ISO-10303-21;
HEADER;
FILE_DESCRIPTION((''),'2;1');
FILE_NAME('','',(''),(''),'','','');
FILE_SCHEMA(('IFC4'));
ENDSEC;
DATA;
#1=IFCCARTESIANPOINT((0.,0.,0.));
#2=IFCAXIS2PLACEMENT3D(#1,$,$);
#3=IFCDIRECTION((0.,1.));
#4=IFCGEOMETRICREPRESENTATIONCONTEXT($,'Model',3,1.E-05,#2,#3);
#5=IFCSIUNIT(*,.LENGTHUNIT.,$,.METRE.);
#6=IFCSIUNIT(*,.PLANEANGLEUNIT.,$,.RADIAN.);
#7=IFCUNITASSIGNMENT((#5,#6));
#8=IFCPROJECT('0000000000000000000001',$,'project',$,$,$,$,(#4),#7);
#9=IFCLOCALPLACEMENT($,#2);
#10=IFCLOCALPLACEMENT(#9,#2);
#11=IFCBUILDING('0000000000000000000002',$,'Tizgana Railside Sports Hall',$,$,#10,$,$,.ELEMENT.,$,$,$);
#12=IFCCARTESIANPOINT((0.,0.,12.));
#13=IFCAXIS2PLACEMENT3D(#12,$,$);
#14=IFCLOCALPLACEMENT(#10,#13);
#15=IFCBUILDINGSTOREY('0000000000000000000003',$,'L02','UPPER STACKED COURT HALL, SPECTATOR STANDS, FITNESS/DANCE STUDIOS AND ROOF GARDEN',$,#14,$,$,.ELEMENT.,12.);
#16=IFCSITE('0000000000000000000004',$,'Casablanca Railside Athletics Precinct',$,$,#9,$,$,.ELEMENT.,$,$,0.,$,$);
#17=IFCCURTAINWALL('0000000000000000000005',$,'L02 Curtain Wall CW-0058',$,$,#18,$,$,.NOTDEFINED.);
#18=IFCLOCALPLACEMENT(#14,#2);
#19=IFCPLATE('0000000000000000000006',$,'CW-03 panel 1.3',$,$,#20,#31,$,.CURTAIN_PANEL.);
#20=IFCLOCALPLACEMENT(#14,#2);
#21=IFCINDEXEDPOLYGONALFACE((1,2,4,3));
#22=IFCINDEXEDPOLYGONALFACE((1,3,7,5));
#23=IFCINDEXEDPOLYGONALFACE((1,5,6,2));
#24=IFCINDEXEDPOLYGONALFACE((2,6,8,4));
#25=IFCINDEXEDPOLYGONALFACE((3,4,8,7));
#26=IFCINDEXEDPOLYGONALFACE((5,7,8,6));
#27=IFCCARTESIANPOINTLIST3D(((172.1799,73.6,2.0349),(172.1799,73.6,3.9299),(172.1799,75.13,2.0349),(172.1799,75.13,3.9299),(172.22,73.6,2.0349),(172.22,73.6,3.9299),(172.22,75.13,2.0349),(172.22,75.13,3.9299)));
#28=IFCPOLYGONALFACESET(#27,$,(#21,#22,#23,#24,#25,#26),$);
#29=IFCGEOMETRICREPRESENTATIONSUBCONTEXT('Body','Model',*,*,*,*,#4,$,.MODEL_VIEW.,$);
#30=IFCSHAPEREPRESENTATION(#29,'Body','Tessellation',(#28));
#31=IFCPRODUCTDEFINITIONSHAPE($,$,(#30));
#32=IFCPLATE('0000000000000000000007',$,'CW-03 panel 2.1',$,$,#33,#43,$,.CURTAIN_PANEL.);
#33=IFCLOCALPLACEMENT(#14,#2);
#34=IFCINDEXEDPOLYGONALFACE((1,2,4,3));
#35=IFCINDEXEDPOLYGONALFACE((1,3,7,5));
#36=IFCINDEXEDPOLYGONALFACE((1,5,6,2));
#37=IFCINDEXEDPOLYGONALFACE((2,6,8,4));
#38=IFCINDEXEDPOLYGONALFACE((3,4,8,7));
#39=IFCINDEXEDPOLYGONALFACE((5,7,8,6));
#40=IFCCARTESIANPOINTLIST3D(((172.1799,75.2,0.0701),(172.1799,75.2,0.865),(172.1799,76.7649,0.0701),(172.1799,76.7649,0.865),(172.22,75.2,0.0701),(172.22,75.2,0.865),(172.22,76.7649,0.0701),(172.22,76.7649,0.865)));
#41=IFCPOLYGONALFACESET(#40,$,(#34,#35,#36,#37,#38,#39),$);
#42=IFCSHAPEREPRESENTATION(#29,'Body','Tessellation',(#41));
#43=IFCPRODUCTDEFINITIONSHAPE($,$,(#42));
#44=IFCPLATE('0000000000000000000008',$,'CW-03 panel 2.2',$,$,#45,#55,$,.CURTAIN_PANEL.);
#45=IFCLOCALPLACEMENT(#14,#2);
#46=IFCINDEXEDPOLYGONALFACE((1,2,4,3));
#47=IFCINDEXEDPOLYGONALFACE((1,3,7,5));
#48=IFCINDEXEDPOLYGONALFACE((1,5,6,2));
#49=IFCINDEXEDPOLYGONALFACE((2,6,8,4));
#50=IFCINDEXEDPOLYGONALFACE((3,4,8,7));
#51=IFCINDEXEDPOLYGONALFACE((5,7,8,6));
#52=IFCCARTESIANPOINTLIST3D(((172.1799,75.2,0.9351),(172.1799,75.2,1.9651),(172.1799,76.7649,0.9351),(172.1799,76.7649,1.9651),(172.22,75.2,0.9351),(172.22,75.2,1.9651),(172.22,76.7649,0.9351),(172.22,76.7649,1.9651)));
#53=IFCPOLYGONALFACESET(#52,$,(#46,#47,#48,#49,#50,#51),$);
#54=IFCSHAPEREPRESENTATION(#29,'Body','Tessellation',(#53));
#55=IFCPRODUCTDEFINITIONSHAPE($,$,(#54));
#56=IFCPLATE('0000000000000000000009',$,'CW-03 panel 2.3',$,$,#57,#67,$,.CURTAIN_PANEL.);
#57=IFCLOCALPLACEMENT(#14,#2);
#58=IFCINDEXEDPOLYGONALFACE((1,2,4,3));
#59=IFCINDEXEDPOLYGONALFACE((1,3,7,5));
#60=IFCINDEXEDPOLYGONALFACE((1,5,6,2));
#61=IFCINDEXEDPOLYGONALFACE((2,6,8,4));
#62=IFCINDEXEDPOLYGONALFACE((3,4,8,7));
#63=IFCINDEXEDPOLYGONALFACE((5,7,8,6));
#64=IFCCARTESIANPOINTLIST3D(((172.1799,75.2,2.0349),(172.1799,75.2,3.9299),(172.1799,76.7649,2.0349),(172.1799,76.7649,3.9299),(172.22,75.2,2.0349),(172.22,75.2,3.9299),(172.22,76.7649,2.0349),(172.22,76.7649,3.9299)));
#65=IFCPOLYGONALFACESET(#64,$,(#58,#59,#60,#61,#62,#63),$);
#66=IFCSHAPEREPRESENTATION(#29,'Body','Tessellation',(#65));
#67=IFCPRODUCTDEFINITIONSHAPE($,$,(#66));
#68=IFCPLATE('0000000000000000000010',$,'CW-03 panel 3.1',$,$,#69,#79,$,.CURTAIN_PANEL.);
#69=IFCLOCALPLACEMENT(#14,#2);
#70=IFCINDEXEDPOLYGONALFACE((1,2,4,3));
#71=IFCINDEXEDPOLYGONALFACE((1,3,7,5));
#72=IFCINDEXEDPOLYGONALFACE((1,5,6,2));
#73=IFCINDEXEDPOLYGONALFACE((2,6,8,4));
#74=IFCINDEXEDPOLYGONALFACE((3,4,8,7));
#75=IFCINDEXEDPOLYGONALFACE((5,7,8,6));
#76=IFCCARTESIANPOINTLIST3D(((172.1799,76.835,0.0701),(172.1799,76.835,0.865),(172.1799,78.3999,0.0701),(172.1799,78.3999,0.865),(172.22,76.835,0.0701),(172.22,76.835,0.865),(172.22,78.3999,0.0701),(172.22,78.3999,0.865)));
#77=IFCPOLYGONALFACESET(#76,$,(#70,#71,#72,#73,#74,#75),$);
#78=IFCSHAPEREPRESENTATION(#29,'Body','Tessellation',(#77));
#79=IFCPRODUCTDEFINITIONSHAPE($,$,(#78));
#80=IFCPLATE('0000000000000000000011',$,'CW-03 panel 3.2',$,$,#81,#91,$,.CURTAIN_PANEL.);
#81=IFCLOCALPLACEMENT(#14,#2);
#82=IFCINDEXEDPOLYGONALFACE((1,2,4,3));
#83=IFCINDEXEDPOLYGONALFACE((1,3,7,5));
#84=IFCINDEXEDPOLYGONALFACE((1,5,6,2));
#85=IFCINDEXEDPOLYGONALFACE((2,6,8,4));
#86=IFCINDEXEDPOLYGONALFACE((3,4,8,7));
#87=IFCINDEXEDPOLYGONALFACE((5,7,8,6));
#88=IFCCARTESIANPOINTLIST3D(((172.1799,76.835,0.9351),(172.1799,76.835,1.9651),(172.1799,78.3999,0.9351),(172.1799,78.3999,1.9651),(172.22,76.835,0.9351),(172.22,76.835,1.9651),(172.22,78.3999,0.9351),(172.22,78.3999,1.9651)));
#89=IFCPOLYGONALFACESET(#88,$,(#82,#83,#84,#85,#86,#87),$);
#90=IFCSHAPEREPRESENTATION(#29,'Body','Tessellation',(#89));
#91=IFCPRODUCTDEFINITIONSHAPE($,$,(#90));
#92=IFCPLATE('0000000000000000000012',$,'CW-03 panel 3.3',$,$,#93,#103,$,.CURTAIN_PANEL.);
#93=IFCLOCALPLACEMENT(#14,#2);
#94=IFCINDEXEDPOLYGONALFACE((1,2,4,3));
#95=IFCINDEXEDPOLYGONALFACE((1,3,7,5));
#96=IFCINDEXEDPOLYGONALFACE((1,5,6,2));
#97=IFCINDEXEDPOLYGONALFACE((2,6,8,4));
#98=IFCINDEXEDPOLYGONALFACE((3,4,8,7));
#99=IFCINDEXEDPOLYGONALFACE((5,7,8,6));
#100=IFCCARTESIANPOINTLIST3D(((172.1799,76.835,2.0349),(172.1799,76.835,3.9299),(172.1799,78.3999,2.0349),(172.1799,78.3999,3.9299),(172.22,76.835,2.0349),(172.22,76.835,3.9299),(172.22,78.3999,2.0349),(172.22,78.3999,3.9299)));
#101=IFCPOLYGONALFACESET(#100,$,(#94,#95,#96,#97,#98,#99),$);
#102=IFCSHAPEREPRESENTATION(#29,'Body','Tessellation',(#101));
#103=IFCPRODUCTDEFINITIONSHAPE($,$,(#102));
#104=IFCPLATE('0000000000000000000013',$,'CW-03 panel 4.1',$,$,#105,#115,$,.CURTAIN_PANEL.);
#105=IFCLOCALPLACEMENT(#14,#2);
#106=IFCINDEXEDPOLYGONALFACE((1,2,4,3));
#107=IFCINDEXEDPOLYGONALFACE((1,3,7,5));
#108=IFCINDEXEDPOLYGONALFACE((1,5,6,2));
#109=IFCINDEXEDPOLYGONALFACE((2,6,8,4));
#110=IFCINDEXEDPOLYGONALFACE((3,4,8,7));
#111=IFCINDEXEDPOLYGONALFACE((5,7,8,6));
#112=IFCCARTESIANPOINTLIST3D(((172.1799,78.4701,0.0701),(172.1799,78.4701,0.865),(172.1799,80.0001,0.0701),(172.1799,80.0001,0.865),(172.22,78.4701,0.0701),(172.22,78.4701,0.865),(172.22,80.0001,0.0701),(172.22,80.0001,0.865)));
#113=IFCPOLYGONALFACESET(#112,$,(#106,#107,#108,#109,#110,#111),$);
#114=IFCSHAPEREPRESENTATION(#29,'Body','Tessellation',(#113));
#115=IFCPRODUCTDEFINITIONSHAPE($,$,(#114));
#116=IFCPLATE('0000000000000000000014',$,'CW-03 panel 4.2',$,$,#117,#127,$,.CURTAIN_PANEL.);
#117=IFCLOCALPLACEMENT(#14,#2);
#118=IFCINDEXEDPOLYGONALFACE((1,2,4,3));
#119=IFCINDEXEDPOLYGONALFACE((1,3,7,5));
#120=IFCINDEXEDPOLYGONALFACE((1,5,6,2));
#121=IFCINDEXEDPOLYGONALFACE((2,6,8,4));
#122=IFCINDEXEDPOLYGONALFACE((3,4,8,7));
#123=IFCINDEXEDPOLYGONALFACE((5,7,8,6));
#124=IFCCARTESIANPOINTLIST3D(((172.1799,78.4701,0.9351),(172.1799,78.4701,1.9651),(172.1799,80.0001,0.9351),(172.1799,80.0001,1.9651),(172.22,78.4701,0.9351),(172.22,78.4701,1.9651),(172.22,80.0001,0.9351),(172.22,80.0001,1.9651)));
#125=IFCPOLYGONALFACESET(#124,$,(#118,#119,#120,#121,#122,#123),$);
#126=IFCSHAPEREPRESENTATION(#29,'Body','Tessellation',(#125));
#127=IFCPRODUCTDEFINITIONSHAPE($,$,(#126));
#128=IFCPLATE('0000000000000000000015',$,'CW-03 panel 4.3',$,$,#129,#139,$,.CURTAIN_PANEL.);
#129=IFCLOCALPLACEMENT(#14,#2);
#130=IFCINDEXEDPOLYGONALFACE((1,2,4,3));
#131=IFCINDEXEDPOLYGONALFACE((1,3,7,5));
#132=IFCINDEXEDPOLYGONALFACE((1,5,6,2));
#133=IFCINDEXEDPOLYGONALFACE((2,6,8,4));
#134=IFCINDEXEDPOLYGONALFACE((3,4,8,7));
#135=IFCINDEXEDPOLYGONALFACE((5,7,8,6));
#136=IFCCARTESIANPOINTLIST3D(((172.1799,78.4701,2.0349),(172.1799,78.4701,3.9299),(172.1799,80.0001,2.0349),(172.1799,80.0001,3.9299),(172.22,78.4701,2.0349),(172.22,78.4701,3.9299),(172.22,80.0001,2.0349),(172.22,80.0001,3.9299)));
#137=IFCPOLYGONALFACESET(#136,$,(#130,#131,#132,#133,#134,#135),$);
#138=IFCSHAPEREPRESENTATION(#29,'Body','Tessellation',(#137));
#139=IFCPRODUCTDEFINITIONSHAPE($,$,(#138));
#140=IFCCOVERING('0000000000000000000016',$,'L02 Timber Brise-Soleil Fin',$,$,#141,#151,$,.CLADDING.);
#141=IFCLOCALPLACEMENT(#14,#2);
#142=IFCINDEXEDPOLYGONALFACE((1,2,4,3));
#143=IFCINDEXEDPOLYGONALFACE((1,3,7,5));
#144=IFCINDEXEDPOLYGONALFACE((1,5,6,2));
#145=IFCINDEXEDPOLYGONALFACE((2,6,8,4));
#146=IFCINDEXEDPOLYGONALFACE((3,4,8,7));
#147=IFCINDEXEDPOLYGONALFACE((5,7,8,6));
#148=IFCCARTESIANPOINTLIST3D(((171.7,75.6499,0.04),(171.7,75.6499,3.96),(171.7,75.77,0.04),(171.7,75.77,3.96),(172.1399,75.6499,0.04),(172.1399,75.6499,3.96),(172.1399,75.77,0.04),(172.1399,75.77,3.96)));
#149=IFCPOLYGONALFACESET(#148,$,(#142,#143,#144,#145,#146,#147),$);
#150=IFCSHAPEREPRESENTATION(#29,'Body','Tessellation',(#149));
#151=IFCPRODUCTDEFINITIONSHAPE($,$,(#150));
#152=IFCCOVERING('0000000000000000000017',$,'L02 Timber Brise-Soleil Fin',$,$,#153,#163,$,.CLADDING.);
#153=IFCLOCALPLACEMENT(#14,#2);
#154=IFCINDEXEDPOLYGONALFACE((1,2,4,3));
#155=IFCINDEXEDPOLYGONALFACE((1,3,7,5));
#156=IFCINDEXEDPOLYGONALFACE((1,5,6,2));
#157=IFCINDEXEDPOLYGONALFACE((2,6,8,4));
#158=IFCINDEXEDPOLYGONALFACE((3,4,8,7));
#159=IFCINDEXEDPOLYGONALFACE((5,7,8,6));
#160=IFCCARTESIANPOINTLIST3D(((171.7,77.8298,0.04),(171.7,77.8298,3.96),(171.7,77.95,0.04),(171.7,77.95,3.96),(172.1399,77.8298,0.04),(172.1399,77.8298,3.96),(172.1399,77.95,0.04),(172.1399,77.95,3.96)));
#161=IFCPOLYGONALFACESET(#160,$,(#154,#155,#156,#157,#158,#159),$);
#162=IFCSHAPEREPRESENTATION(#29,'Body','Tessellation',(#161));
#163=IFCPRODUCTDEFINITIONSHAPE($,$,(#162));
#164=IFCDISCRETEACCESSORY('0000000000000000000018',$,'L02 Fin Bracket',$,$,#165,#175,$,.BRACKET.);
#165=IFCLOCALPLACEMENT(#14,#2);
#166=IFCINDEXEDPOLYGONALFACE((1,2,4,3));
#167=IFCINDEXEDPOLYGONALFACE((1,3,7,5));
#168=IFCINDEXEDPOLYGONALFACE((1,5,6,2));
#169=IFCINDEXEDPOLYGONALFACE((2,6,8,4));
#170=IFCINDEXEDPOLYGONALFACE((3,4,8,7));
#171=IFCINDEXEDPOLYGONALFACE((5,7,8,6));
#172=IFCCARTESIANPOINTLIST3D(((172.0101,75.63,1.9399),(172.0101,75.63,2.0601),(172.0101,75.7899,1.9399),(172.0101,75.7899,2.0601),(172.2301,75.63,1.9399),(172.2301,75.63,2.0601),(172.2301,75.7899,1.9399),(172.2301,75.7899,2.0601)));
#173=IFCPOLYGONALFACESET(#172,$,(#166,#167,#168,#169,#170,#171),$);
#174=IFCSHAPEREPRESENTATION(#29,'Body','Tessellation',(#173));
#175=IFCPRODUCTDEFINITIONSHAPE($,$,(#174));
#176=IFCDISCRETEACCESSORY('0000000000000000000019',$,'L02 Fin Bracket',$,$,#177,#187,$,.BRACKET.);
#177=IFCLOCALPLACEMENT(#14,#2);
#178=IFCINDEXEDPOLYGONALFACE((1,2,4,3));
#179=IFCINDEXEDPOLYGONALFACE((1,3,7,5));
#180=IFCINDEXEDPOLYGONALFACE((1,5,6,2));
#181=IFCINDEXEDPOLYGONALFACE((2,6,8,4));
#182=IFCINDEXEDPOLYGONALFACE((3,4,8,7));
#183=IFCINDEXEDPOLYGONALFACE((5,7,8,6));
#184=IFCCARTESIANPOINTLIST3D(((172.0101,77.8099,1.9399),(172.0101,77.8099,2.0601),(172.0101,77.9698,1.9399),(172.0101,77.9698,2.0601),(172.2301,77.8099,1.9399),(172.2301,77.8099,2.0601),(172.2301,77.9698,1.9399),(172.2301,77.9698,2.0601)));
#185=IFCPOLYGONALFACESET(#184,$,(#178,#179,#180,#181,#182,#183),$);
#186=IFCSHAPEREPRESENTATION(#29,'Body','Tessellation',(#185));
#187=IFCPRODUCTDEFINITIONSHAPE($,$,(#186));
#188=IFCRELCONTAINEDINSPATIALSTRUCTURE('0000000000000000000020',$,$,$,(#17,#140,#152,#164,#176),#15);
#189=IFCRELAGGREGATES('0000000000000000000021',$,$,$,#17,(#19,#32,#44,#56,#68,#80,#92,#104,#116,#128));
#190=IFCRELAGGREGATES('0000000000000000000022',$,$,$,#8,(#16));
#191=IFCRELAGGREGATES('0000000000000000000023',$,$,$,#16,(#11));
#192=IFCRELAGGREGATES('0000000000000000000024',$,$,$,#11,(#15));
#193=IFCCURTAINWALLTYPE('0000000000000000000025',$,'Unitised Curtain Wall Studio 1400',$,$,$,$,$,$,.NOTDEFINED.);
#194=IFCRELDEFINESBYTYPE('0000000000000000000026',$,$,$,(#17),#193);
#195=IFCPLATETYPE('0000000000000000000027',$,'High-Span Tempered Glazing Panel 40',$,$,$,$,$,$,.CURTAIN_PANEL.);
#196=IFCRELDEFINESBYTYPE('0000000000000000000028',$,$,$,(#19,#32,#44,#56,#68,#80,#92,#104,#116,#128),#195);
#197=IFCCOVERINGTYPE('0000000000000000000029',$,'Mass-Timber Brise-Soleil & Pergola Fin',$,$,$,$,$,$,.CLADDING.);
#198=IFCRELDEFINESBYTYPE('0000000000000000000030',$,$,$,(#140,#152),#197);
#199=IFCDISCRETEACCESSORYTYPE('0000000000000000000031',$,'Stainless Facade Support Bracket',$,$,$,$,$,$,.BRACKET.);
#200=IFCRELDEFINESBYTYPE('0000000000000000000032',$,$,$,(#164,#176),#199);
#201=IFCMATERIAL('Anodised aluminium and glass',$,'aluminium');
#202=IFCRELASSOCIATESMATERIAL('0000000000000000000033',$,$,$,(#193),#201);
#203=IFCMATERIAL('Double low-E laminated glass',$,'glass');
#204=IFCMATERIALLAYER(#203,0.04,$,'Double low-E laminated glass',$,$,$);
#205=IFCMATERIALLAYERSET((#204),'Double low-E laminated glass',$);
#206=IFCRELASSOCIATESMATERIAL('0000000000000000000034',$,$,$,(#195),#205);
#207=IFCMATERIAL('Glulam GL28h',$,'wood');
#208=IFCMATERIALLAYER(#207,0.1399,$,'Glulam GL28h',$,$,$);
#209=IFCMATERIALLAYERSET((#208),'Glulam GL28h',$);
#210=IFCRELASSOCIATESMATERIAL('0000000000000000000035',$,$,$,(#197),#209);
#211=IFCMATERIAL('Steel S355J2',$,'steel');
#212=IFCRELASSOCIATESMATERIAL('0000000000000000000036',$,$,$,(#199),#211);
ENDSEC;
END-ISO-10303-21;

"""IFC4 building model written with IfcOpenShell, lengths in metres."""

from ifc_helpers import new_model, si_unit, direction, frame, origin, origin_2d, place, context, subcontext, project, spatial, rectangle, extrude, material, layer, layer_set, type_object, element, aggregate, save


model = new_model("IFC4")

# Units and contexts
model_context = context("Model", 3, precision=1e-05, world=origin(), true_north=direction((0.0, 1.0)))
body_context = subcontext(model_context, "Body", "Model", "MODEL_VIEW")
ifc_project = project(units=[si_unit("LENGTHUNIT", "METRE"), si_unit("PLANEANGLEUNIT", "RADIAN")], contexts=[model_context])

# Site, building, storey
site_placement = place(None, origin())
site = spatial("IfcSite", under=ifc_project, at=site_placement, Name="Casablanca Railside Athletics Precinct", CompositionType="ELEMENT", RefElevation=0.0)
building_placement = place(site_placement, origin())
building = spatial("IfcBuilding", under=site, at=building_placement, Name="Tizgana Railside Sports Hall", CompositionType="ELEMENT")
storey_placement = place(building_placement, frame((0.0, 0.0, 12.0)))
storey = spatial("IfcBuildingStorey", under=building, at=storey_placement, Name="L02", Description="UPPER STACKED COURT HALL, SPECTATOR STANDS, FITNESS/DANCE STUDIOS AND ROOF GARDEN", CompositionType="ELEMENT", Elevation=12.0)

# Curtain wall
ifc_material_1 = material(Name="Anodised aluminium and glass", Category="aluminium")
curtain_wall_type = type_object("IfcCurtainWallType", Name="Unitised Curtain Wall Studio 1400", PredefinedType="NOTDEFINED", material=ifc_material_1)
curtain_wall_placement = place(storey_placement, origin())
curtain_wall = element("IfcCurtainWall", 1, at=curtain_wall_placement, inside=storey, type_object=curtain_wall_type, Name="L02 Curtain Wall CW-0058", PredefinedType="NOTDEFINED")

# Shared definitions
ifc_material_2 = material(Name="Steel S355J2", Category="steel")

# Plates
ifc_material_3 = material(Name="Double low-E laminated glass", Category="glass")
ifc_layer_1 = layer(ifc_material_3, 0.04, Name="Double low-E laminated glass")
ifc_layer_set_1 = layer_set([ifc_layer_1], Name="Double low-E laminated glass")
plate_type = type_object("IfcPlateType", Name="High-Span Tempered Glazing Panel 40", PredefinedType="CURTAIN_PANEL", material=ifc_layer_set_1)
plate_1_placement = place(storey_placement, frame((172.2, 74.365, 2.0349), z_axis=(0.0, 0.0, 1.0), x_axis=(0.0, 1.0, 0.0)))
plate_1 = element("IfcPlate", 2, at=plate_1_placement, type_object=plate_type, Name="CW-03 panel 1.3", PredefinedType="CURTAIN_PANEL", context=body_context, shape_type="SweptSolid", body=[
    extrude(rectangle(XDim=1.53, YDim=0.04, at=origin_2d()), origin(), (0.0, 0.0, 1.0), 1.895),
])
plate_2_placement = place(storey_placement, frame((172.2, 75.9824, 0.0701), z_axis=(0.0, 0.0, 1.0), x_axis=(0.0, 1.0, 0.0)))
plate_2 = element("IfcPlate", 3, at=plate_2_placement, type_object=plate_type, Name="CW-03 panel 2.1", PredefinedType="CURTAIN_PANEL", context=body_context, shape_type="SweptSolid", body=[
    extrude(rectangle(XDim=1.5649, YDim=0.04, at=origin_2d()), origin(), (0.0, 0.0, 1.0), 0.7949),
])
plate_3_placement = place(storey_placement, frame((172.2, 75.9824, 0.9351), z_axis=(0.0, 0.0, 1.0), x_axis=(0.0, 1.0, 0.0)))
plate_3 = element("IfcPlate", 4, at=plate_3_placement, type_object=plate_type, Name="CW-03 panel 2.2", PredefinedType="CURTAIN_PANEL", context=body_context, shape_type="SweptSolid", body=[
    extrude(rectangle(XDim=1.5649, YDim=0.04, at=origin_2d()), origin(), (0.0, 0.0, 1.0), 1.03),
])
plate_4_placement = place(storey_placement, frame((172.2, 75.9824, 2.0349), z_axis=(0.0, 0.0, 1.0), x_axis=(0.0, 1.0, 0.0)))
plate_4 = element("IfcPlate", 5, at=plate_4_placement, type_object=plate_type, Name="CW-03 panel 2.3", PredefinedType="CURTAIN_PANEL", context=body_context, shape_type="SweptSolid", body=[
    extrude(rectangle(XDim=1.5649, YDim=0.04, at=origin_2d()), origin(), (0.0, 0.0, 1.0), 1.895),
])
plate_5_placement = place(storey_placement, frame((172.2, 77.6174, 0.0701), z_axis=(0.0, 0.0, 1.0), x_axis=(0.0, 1.0, 0.0)))
plate_5 = element("IfcPlate", 6, at=plate_5_placement, type_object=plate_type, Name="CW-03 panel 3.1", PredefinedType="CURTAIN_PANEL", context=body_context, shape_type="SweptSolid", body=[
    extrude(rectangle(XDim=1.5649, YDim=0.04, at=origin_2d()), origin(), (0.0, 0.0, 1.0), 0.7949),
])
plate_6_placement = place(storey_placement, frame((172.2, 77.6174, 0.9351), z_axis=(0.0, 0.0, 1.0), x_axis=(0.0, 1.0, 0.0)))
plate_6 = element("IfcPlate", 7, at=plate_6_placement, type_object=plate_type, Name="CW-03 panel 3.2", PredefinedType="CURTAIN_PANEL", context=body_context, shape_type="SweptSolid", body=[
    extrude(rectangle(XDim=1.5649, YDim=0.04, at=origin_2d()), origin(), (0.0, 0.0, 1.0), 1.03),
])
plate_7_placement = place(storey_placement, frame((172.2, 77.6174, 2.0349), z_axis=(0.0, 0.0, 1.0), x_axis=(0.0, 1.0, 0.0)))
plate_7 = element("IfcPlate", 8, at=plate_7_placement, type_object=plate_type, Name="CW-03 panel 3.3", PredefinedType="CURTAIN_PANEL", context=body_context, shape_type="SweptSolid", body=[
    extrude(rectangle(XDim=1.5649, YDim=0.04, at=origin_2d()), origin(), (0.0, 0.0, 1.0), 1.895),
])
plate_8_placement = place(storey_placement, frame((172.2, 79.2351, 0.0701), z_axis=(0.0, 0.0, 1.0), x_axis=(0.0, 1.0, 0.0)))
plate_8 = element("IfcPlate", 9, at=plate_8_placement, type_object=plate_type, Name="CW-03 panel 4.1", PredefinedType="CURTAIN_PANEL", context=body_context, shape_type="SweptSolid", body=[
    extrude(rectangle(XDim=1.53, YDim=0.04, at=origin_2d()), origin(), (0.0, 0.0, 1.0), 0.7949),
])
plate_9_placement = place(storey_placement, frame((172.2, 79.2351, 0.9351), z_axis=(0.0, 0.0, 1.0), x_axis=(0.0, 1.0, 0.0)))
plate_9 = element("IfcPlate", 10, at=plate_9_placement, type_object=plate_type, Name="CW-03 panel 4.2", PredefinedType="CURTAIN_PANEL", context=body_context, shape_type="SweptSolid", body=[
    extrude(rectangle(XDim=1.53, YDim=0.04, at=origin_2d()), origin(), (0.0, 0.0, 1.0), 1.03),
])
plate_10_placement = place(storey_placement, frame((172.2, 79.2351, 2.0349), z_axis=(0.0, 0.0, 1.0), x_axis=(0.0, 1.0, 0.0)))
plate_10 = element("IfcPlate", 11, at=plate_10_placement, type_object=plate_type, Name="CW-03 panel 4.3", PredefinedType="CURTAIN_PANEL", context=body_context, shape_type="SweptSolid", body=[
    extrude(rectangle(XDim=1.53, YDim=0.04, at=origin_2d()), origin(), (0.0, 0.0, 1.0), 1.895),
])
aggregate(curtain_wall, [plate_1, plate_2, plate_3, plate_4, plate_5, plate_6, plate_7, plate_8, plate_9, plate_10])

# Coverings
ifc_material_4 = material(Name="Glulam GL28h", Category="wood")
ifc_layer_2 = layer(ifc_material_4, 0.1399, Name="Glulam GL28h")
ifc_layer_set_2 = layer_set([ifc_layer_2], Name="Glulam GL28h")
covering_type = type_object("IfcCoveringType", Name="Mass-Timber Brise-Soleil & Pergola Fin", PredefinedType="CLADDING", material=ifc_layer_set_2)
for number, where, z_axis, x_axis, name in (
    (12, (171.9199, 75.71, 0.04), (0.0, 0.0, 1.0), (0.0, 1.0, 0.0), "L02 Timber Brise-Soleil Fin"),
    (13, (171.9199, 77.8899, 0.04), (0.0, 0.0, 1.0), (0.0, 1.0, 0.0), "L02 Timber Brise-Soleil Fin"),
):
    element("IfcCovering", number, at=place(storey_placement, frame(where, z_axis=z_axis, x_axis=x_axis)), inside=storey, type_object=covering_type, Name=name, PredefinedType="CLADDING", context=body_context, shape_type="SweptSolid", body=[
        extrude(rectangle(XDim=0.1201, YDim=0.4399, at=origin_2d()), origin(), (0.0, 0.0, 1.0), 3.9199),
    ])

# Discrete accessories
discrete_accessory_type = type_object("IfcDiscreteAccessoryType", Name="Stainless Facade Support Bracket", PredefinedType="BRACKET", material=ifc_material_2)
for number, where, z_axis, x_axis, name in (
    (14, (172.1201, 75.71, 1.9399), (0.0, 0.0, 1.0), (0.0, 1.0, 0.0), "L02 Fin Bracket"),
    (15, (172.1201, 77.8899, 1.9399), (0.0, 0.0, 1.0), (0.0, 1.0, 0.0), "L02 Fin Bracket"),
):
    element("IfcDiscreteAccessory", number, at=place(storey_placement, frame(where, z_axis=z_axis, x_axis=x_axis)), inside=storey, type_object=discrete_accessory_type, Name=name, PredefinedType="BRACKET", context=body_context, shape_type="SweptSolid", body=[
        extrude(rectangle(XDim=0.1599, YDim=0.22, at=origin_2d()), origin(), (0.0, 0.0, 1.0), 0.1201),
    ])

save(model, "model.ifc")
